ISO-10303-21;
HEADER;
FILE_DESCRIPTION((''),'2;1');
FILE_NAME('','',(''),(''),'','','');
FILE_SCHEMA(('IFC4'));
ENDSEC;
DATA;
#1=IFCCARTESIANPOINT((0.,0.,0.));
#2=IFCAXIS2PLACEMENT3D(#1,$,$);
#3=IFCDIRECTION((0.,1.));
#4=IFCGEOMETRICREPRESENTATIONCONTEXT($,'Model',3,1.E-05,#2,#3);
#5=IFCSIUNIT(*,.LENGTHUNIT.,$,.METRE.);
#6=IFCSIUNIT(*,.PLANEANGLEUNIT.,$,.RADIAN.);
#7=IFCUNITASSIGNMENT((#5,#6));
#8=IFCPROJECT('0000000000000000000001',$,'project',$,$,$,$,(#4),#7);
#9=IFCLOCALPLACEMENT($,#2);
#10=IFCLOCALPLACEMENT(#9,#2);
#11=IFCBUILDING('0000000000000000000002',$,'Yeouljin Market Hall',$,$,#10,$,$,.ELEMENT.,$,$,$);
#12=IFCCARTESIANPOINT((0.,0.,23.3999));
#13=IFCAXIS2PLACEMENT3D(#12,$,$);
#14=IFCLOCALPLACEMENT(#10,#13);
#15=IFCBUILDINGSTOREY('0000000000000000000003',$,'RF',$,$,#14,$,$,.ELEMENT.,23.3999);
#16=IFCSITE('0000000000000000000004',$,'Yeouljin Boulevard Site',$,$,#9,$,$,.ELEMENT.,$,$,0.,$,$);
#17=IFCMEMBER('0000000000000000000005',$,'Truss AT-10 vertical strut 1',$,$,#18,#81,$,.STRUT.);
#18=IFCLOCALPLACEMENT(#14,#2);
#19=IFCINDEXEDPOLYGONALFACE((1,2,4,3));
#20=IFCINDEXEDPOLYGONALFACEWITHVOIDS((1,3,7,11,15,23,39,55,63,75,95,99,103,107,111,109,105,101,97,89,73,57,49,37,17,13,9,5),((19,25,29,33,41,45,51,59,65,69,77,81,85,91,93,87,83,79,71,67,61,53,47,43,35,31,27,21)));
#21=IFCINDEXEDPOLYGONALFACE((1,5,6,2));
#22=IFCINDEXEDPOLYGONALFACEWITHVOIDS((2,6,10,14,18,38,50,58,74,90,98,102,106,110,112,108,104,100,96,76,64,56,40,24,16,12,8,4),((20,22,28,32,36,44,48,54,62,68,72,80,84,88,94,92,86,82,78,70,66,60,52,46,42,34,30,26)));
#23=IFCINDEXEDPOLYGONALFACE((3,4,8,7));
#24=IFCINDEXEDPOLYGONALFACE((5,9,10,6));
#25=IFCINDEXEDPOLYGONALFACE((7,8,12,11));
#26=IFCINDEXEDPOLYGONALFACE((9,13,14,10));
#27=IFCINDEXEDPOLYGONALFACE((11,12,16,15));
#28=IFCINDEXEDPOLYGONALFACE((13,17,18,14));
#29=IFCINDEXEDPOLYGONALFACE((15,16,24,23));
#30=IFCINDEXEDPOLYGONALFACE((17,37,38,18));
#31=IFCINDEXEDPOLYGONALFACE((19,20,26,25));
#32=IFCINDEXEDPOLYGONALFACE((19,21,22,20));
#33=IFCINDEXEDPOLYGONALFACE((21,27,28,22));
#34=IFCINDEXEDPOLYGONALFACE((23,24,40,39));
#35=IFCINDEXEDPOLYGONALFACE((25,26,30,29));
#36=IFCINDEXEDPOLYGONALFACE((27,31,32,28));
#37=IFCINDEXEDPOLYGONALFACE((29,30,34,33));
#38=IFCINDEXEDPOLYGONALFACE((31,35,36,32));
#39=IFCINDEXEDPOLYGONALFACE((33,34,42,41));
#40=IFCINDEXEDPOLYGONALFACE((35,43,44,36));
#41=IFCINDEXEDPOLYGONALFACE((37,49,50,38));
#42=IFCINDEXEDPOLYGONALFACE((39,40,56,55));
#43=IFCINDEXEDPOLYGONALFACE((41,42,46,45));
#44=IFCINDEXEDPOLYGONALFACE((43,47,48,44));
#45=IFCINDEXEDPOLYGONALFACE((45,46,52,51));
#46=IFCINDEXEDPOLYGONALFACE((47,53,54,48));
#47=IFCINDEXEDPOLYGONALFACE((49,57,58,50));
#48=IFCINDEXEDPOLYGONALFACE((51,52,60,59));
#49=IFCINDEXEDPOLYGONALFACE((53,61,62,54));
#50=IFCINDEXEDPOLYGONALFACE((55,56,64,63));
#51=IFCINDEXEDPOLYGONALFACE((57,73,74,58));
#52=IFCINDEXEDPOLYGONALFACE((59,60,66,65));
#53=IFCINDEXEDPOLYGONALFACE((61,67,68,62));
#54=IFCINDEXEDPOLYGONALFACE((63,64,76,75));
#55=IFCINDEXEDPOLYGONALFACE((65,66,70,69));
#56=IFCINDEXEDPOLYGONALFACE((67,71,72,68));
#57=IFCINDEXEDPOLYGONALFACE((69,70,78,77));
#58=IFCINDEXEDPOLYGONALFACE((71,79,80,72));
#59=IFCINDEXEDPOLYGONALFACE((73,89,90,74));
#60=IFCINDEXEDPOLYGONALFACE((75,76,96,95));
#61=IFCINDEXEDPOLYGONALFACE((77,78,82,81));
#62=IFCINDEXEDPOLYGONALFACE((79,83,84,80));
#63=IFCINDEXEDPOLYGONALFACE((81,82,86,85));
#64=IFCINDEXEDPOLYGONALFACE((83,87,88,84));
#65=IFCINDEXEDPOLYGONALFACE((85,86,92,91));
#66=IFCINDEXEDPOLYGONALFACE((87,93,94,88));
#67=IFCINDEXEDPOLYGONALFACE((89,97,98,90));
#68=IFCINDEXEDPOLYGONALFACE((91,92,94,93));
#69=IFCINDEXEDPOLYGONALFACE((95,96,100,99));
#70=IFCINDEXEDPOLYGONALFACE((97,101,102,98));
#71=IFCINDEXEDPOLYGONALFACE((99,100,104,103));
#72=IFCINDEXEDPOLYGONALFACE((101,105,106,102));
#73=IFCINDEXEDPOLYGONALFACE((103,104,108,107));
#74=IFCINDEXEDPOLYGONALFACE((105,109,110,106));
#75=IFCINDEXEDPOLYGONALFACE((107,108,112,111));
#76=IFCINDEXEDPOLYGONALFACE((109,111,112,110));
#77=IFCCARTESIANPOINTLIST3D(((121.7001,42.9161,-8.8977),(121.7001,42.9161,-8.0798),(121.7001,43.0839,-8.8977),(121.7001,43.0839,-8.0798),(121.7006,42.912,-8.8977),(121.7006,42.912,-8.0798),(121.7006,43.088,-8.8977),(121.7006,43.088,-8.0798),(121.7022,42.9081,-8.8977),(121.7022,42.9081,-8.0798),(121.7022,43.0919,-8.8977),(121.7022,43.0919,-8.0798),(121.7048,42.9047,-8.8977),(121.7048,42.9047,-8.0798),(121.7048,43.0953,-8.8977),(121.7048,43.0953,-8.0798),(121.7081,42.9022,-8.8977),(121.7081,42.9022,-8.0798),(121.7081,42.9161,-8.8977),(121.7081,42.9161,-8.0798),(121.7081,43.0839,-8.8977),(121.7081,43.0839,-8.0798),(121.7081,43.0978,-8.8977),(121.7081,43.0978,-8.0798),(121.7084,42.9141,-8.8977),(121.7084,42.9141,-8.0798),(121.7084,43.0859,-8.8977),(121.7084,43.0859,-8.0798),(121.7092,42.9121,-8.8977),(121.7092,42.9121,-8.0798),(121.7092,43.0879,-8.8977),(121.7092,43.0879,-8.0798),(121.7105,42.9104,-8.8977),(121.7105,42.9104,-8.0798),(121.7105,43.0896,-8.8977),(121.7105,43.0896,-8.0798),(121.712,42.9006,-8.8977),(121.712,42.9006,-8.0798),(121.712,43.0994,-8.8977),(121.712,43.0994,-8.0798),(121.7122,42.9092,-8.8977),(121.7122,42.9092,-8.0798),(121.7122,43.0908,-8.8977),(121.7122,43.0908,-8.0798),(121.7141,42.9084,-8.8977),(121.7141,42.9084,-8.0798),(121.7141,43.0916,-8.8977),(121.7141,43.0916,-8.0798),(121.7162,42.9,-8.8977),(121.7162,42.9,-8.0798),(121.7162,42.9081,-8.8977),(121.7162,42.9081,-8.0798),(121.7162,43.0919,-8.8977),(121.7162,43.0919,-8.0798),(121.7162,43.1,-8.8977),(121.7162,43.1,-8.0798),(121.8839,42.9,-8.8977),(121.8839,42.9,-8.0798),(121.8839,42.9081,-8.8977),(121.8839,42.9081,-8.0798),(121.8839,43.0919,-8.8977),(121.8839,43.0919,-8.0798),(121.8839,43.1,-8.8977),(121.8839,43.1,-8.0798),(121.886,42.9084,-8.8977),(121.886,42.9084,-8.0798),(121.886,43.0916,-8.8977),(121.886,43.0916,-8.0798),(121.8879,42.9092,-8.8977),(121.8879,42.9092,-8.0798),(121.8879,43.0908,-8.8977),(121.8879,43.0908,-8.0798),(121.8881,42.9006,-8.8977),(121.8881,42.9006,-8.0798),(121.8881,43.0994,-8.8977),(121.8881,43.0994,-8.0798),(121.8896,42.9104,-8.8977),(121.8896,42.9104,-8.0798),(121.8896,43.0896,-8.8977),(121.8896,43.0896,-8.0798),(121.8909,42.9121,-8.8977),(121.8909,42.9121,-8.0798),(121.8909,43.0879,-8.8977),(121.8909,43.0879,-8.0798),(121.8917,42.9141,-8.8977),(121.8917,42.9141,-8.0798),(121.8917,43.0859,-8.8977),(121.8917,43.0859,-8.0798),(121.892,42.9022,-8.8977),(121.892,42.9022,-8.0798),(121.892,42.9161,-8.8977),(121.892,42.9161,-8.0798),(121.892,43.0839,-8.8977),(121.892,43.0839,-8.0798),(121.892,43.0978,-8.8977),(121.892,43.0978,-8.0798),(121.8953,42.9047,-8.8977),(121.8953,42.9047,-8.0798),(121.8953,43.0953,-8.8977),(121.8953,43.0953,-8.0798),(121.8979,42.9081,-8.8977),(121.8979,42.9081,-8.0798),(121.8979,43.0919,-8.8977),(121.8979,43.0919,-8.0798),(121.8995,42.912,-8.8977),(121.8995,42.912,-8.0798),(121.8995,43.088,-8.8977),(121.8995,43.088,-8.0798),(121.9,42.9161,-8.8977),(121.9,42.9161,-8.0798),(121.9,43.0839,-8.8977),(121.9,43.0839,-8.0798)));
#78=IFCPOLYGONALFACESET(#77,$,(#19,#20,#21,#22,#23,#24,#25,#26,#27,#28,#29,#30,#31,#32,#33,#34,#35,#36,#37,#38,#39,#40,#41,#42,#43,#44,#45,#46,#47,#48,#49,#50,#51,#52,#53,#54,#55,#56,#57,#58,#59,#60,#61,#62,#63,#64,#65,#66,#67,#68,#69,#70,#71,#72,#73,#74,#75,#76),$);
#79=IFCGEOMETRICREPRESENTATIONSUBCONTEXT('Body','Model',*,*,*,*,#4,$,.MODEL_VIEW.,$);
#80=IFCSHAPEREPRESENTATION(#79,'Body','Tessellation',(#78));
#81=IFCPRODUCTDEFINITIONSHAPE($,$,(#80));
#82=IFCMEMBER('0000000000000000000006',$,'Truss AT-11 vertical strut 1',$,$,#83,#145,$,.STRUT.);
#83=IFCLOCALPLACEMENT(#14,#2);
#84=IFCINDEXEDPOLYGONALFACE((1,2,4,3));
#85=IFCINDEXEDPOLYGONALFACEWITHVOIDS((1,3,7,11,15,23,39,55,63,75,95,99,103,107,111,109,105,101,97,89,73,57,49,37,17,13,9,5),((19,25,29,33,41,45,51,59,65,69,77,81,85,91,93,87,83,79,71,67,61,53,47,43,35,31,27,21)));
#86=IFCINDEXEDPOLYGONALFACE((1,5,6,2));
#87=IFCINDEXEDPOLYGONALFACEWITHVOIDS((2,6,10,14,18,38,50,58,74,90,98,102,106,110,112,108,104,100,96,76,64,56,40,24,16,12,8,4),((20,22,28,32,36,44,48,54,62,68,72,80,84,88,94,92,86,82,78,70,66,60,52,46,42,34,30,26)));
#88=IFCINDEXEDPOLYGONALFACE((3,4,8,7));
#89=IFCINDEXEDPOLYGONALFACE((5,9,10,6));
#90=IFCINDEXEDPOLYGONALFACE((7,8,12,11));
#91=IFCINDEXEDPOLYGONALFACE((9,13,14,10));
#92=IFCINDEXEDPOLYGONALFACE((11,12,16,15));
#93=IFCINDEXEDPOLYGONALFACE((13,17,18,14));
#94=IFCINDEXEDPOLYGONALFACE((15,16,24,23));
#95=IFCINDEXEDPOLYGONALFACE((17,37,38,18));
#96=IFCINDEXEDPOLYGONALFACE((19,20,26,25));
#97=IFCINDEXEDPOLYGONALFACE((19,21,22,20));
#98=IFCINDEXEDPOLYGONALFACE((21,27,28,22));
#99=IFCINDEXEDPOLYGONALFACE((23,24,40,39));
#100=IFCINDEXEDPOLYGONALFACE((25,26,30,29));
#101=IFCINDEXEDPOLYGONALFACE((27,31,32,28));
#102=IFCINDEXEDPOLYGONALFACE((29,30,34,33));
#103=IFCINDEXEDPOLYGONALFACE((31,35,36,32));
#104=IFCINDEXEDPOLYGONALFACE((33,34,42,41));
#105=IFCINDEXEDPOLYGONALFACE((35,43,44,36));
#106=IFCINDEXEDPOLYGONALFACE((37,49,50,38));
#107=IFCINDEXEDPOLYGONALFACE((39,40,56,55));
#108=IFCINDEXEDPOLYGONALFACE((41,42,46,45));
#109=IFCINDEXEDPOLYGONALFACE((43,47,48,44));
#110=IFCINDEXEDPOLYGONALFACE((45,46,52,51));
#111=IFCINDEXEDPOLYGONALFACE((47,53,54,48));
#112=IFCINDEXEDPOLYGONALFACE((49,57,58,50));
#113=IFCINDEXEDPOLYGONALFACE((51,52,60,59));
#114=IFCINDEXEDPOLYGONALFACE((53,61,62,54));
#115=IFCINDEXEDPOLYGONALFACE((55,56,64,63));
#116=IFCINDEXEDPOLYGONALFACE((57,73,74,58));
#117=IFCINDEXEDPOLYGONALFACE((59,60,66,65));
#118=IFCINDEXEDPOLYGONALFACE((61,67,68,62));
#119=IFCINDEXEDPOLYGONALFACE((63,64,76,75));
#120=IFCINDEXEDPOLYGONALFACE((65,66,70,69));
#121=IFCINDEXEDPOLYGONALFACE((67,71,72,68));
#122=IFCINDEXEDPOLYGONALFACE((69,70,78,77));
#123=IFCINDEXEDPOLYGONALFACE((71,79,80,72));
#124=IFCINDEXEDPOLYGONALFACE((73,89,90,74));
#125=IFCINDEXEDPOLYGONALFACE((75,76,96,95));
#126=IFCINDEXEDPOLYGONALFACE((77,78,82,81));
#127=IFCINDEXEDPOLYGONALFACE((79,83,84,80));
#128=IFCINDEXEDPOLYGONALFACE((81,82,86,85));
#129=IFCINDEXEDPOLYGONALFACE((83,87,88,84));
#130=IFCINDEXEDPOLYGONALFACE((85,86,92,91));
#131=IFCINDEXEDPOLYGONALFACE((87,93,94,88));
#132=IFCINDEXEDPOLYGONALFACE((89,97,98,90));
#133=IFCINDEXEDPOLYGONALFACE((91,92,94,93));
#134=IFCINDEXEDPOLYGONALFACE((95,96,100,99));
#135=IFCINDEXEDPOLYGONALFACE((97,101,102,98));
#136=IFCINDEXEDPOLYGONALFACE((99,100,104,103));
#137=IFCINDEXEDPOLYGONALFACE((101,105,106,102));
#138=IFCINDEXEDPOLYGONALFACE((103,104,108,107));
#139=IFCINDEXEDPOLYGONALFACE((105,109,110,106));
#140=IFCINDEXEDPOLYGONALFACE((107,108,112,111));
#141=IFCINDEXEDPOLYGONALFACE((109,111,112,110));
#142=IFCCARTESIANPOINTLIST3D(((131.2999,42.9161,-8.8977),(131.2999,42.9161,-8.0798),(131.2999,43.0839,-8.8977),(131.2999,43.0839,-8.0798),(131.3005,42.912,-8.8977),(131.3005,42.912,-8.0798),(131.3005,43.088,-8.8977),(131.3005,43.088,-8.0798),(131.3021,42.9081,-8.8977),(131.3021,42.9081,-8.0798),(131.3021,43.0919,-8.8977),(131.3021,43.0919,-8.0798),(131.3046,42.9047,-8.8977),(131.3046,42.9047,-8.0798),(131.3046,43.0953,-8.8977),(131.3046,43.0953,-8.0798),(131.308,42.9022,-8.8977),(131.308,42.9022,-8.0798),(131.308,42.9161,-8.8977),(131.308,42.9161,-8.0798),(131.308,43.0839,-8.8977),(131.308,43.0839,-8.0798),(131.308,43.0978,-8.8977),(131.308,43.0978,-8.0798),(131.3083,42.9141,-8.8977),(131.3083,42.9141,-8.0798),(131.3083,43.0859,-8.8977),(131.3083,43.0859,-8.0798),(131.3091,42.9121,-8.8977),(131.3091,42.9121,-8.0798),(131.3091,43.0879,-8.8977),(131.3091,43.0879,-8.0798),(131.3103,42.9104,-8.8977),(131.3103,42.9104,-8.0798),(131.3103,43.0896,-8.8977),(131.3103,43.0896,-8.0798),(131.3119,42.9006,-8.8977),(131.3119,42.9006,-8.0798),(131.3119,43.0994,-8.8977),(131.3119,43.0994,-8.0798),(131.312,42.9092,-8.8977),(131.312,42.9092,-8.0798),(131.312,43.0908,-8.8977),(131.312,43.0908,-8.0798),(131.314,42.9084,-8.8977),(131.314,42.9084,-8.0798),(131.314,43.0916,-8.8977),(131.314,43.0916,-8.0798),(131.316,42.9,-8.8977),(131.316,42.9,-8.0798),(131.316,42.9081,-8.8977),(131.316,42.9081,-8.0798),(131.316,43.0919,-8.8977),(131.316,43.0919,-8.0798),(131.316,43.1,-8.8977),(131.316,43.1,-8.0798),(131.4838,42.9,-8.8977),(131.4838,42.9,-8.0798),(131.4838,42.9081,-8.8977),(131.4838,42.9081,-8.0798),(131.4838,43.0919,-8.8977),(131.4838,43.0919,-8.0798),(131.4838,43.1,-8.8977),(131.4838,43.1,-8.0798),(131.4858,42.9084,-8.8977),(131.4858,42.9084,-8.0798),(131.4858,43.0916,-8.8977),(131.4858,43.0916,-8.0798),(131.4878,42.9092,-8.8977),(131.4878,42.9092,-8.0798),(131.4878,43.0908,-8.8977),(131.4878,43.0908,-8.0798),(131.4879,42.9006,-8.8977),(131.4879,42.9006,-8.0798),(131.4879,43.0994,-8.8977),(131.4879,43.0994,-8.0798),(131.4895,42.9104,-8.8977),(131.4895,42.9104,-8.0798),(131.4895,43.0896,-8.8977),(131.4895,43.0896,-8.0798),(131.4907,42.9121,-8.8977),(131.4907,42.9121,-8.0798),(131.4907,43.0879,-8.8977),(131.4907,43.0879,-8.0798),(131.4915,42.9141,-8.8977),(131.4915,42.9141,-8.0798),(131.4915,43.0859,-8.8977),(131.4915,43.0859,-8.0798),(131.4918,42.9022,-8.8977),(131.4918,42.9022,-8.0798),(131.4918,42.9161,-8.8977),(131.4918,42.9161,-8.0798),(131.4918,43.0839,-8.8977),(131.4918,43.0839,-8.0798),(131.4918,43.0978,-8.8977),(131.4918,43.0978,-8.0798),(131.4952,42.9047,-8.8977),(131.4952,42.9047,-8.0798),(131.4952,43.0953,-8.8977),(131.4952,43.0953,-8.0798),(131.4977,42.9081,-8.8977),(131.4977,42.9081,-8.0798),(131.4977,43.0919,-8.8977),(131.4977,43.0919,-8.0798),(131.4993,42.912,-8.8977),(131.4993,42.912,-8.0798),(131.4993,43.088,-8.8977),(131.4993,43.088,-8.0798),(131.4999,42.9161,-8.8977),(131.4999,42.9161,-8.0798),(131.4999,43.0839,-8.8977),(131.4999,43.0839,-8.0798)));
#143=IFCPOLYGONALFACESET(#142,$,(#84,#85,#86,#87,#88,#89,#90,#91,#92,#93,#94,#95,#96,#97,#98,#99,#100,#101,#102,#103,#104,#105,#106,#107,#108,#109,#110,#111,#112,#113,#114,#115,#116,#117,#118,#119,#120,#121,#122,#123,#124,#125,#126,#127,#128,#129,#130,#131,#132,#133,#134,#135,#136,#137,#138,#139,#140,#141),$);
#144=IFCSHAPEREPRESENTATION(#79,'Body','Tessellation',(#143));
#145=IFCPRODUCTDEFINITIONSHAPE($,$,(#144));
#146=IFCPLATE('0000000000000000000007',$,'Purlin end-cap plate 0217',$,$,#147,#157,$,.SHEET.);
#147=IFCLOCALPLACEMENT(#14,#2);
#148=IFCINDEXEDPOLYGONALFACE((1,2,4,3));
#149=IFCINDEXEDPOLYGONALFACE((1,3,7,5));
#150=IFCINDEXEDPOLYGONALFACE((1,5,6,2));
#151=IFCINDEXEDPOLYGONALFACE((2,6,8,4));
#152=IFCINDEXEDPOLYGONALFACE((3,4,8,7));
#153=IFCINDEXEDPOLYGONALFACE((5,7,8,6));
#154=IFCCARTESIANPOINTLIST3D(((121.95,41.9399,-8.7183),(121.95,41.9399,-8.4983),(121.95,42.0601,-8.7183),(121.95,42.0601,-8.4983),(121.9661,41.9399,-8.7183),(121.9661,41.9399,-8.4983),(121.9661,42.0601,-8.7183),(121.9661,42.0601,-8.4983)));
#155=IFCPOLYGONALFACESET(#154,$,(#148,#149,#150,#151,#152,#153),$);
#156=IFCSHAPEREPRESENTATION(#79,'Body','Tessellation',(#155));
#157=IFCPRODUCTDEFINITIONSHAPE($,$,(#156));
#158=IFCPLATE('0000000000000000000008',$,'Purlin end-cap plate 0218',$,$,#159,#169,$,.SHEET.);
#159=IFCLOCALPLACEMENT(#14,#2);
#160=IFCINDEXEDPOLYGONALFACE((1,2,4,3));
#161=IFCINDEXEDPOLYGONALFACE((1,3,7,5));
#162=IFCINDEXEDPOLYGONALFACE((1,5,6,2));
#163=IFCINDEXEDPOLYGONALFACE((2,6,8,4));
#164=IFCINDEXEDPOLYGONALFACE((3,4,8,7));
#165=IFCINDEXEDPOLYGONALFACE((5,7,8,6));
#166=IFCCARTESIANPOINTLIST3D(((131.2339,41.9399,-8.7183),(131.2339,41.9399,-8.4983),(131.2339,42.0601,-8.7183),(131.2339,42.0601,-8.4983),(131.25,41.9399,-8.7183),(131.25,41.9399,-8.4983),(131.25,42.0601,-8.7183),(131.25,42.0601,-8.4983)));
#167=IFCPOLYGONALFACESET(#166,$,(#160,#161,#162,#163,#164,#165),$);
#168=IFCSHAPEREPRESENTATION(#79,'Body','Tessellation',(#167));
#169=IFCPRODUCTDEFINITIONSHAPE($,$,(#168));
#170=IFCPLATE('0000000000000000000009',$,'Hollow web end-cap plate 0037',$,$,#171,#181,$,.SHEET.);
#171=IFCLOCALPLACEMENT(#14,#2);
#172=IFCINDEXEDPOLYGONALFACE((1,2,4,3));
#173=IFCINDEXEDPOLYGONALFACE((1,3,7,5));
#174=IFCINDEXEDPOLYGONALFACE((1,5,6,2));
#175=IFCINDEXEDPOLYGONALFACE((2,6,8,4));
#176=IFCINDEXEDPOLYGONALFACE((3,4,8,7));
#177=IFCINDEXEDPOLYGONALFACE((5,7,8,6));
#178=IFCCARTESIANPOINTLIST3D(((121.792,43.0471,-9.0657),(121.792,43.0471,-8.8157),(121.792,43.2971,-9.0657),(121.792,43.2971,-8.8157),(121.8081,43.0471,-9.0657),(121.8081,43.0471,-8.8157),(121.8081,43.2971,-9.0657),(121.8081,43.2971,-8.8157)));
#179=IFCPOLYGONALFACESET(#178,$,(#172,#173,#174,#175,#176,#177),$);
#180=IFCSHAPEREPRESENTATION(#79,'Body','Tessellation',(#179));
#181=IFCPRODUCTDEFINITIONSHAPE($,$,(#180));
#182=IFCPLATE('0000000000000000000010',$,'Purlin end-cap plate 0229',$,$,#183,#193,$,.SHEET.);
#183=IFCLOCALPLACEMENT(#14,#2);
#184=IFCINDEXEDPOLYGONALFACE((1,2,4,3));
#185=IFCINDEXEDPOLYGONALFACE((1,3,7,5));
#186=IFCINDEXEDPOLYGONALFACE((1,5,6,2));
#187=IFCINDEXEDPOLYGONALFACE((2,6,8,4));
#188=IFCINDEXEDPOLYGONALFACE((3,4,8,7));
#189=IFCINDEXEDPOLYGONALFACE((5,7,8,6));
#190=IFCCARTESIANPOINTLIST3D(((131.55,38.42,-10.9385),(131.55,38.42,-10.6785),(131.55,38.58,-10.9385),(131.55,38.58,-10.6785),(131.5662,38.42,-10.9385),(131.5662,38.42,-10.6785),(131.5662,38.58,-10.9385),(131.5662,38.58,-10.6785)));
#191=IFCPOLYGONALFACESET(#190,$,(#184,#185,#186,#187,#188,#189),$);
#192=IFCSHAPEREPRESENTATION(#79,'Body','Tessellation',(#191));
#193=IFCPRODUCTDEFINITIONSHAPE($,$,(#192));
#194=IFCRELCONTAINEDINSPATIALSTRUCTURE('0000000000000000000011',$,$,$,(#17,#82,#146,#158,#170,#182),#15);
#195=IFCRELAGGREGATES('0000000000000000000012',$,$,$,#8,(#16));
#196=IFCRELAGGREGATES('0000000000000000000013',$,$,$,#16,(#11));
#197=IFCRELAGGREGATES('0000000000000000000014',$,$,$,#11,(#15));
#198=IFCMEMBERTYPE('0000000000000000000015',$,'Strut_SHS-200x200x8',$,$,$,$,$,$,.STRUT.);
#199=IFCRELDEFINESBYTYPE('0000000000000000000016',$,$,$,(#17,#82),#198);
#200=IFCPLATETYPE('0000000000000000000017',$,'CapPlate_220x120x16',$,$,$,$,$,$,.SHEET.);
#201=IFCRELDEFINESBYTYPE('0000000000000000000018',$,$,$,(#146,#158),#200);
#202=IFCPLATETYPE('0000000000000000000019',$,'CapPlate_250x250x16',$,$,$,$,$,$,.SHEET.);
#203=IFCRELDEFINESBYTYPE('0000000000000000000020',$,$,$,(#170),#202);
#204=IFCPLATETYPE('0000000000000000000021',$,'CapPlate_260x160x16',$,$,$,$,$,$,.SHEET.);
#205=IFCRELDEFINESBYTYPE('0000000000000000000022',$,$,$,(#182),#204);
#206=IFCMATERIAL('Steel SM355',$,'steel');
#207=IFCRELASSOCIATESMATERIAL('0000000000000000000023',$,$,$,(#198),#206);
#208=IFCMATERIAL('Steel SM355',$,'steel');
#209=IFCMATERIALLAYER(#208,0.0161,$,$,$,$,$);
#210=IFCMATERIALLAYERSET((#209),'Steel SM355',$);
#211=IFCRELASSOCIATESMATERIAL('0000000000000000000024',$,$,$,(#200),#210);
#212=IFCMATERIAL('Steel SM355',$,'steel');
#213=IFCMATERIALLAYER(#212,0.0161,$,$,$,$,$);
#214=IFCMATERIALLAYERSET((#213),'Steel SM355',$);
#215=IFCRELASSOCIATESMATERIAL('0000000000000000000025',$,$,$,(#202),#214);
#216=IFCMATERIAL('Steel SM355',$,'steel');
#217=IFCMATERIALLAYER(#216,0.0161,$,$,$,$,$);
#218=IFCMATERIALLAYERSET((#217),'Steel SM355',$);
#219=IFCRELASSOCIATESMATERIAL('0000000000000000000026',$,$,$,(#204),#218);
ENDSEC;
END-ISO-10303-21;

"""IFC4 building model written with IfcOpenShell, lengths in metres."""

from ifc_helpers import new_model, si_unit, direction, frame, origin, origin_2d, place, context, subcontext, project, spatial, rectangle, hollow_rectangle, extrude, material, layer, layer_set, material_profile, profile_set, type_object, element, save


model = new_model("IFC4")

# Units and contexts
model_context = context("Model", 3, precision=1e-05, world=origin(), true_north=direction((0.0, 1.0)))
body_context = subcontext(model_context, "Body", "Model", "MODEL_VIEW")
ifc_project = project(units=[si_unit("LENGTHUNIT", "METRE"), si_unit("PLANEANGLEUNIT", "RADIAN")], contexts=[model_context])

# Site, building, storey
site_placement = place(None, origin())
site = spatial("IfcSite", under=ifc_project, at=site_placement, Name="Yeouljin Boulevard Site", CompositionType="ELEMENT", RefElevation=0.0)
building_placement = place(site_placement, origin())
building = spatial("IfcBuilding", under=site, at=building_placement, Name="Yeouljin Market Hall", CompositionType="ELEMENT")
storey_placement = place(building_placement, frame((0.0, 0.0, 23.3999)))
storey = spatial("IfcBuildingStorey", under=building, at=storey_placement, Name="RF", CompositionType="ELEMENT", Elevation=23.3999)

# Members
ifc_material_1 = material(Name="Steel SM355", Category="steel")
ifc_material_profile_1 = material_profile(ifc_material_1, hollow_rectangle(XDim=0.2, YDim=0.2, WallThickness=0.0081, InnerFilletRadius=0.0081, OuterFilletRadius=0.0161, at=origin_2d()), Name="SHS-200x200x8")
ifc_profile_set_1 = profile_set([ifc_material_profile_1], Name="Steel SM355")
member_type_1 = type_object("IfcMemberType", Name="Strut_SHS-200x200x8", PredefinedType="STRUT", material=ifc_profile_set_1)
for number, where, z_axis, x_axis, name in (
    (1, (121.8, 43.0, -8.8977), (0.0, 0.0, 1.0), (1.0, 0.0, 0.0), "Truss AT-10 vertical strut 1"),
    (2, (131.3999, 43.0, -8.8977), (0.0, 0.0, 1.0), (1.0, 0.0, 0.0), "Truss AT-11 vertical strut 1"),
):
    element("IfcMember", number, at=place(storey_placement, frame(where, z_axis=z_axis, x_axis=x_axis)), inside=storey, type_object=member_type_1, Name=name, PredefinedType="STRUT", context=body_context, shape_type="SweptSolid", body=[
        extrude(hollow_rectangle(XDim=0.2, YDim=0.2, WallThickness=0.0081, InnerFilletRadius=0.0081, OuterFilletRadius=0.0161, at=origin_2d()), origin(), (0.0, 0.0, 1.0), 0.8179),
    ])

# Plates
ifc_material_2 = material(Name="Steel SM355", Category="steel")
ifc_layer_1 = layer(ifc_material_2, 0.0161)
ifc_layer_set_1 = layer_set([ifc_layer_1], Name="Steel SM355")
plate_type_1 = type_object("IfcPlateType", Name="CapPlate_220x120x16", PredefinedType="SHEET", material=ifc_layer_set_1)
for number, where, z_axis, x_axis, name in (
    (3, (121.958, 42.0, -8.7183), (0.0, 0.0, 1.0), (0.0, 1.0, 0.0), "Purlin end-cap plate 0217"),
    (4, (131.2419, 42.0, -8.7183), (0.0, 0.0, 1.0), (0.0, 1.0, 0.0), "Purlin end-cap plate 0218"),
):
    element("IfcPlate", number, at=place(storey_placement, frame(where, z_axis=z_axis, x_axis=x_axis)), inside=storey, type_object=plate_type_1, Name=name, PredefinedType="SHEET", context=body_context, shape_type="SweptSolid", body=[
        extrude(rectangle(XDim=0.1201, YDim=0.0161, at=origin_2d()), origin(), (0.0, 0.0, 1.0), 0.22),
    ])
ifc_material_3 = material(Name="Steel SM355", Category="steel")
ifc_layer_2 = layer(ifc_material_3, 0.0161)
ifc_layer_set_2 = layer_set([ifc_layer_2], Name="Steel SM355")
plate_type_2 = type_object("IfcPlateType", Name="CapPlate_250x250x16", PredefinedType="SHEET", material=ifc_layer_set_2)
plate_1_placement = place(storey_placement, frame((121.8, 43.1721, -9.0657), z_axis=(0.0, 0.0, 1.0), x_axis=(0.0, 1.0, 0.0)))
element("IfcPlate", 5, at=plate_1_placement, inside=storey, type_object=plate_type_2, Name="Hollow web end-cap plate 0037", PredefinedType="SHEET", context=body_context, shape_type="SweptSolid", body=[
    extrude(rectangle(XDim=0.25, YDim=0.0161, at=origin_2d()), origin(), (0.0, 0.0, 1.0), 0.25),
])
ifc_material_4 = material(Name="Steel SM355", Category="steel")
ifc_layer_3 = layer(ifc_material_4, 0.0161)
ifc_layer_set_3 = layer_set([ifc_layer_3], Name="Steel SM355")
plate_type_3 = type_object("IfcPlateType", Name="CapPlate_260x160x16", PredefinedType="SHEET", material=ifc_layer_set_3)
for number, where, z_axis, x_axis, name in (
    (6, (131.5581, 38.5, -10.9385), (0.0, 0.0, 1.0), (0.0, 1.0, 0.0), "Purlin end-cap plate 0229"),
):
    element("IfcPlate", number, at=place(storey_placement, frame(where, z_axis=z_axis, x_axis=x_axis)), inside=storey, type_object=plate_type_3, Name=name, PredefinedType="SHEET", context=body_context, shape_type="SweptSolid", body=[
        extrude(rectangle(XDim=0.1599, YDim=0.0161, at=origin_2d()), origin(), (0.0, 0.0, 1.0), 0.26),
    ])

save(model, "model.ifc")
